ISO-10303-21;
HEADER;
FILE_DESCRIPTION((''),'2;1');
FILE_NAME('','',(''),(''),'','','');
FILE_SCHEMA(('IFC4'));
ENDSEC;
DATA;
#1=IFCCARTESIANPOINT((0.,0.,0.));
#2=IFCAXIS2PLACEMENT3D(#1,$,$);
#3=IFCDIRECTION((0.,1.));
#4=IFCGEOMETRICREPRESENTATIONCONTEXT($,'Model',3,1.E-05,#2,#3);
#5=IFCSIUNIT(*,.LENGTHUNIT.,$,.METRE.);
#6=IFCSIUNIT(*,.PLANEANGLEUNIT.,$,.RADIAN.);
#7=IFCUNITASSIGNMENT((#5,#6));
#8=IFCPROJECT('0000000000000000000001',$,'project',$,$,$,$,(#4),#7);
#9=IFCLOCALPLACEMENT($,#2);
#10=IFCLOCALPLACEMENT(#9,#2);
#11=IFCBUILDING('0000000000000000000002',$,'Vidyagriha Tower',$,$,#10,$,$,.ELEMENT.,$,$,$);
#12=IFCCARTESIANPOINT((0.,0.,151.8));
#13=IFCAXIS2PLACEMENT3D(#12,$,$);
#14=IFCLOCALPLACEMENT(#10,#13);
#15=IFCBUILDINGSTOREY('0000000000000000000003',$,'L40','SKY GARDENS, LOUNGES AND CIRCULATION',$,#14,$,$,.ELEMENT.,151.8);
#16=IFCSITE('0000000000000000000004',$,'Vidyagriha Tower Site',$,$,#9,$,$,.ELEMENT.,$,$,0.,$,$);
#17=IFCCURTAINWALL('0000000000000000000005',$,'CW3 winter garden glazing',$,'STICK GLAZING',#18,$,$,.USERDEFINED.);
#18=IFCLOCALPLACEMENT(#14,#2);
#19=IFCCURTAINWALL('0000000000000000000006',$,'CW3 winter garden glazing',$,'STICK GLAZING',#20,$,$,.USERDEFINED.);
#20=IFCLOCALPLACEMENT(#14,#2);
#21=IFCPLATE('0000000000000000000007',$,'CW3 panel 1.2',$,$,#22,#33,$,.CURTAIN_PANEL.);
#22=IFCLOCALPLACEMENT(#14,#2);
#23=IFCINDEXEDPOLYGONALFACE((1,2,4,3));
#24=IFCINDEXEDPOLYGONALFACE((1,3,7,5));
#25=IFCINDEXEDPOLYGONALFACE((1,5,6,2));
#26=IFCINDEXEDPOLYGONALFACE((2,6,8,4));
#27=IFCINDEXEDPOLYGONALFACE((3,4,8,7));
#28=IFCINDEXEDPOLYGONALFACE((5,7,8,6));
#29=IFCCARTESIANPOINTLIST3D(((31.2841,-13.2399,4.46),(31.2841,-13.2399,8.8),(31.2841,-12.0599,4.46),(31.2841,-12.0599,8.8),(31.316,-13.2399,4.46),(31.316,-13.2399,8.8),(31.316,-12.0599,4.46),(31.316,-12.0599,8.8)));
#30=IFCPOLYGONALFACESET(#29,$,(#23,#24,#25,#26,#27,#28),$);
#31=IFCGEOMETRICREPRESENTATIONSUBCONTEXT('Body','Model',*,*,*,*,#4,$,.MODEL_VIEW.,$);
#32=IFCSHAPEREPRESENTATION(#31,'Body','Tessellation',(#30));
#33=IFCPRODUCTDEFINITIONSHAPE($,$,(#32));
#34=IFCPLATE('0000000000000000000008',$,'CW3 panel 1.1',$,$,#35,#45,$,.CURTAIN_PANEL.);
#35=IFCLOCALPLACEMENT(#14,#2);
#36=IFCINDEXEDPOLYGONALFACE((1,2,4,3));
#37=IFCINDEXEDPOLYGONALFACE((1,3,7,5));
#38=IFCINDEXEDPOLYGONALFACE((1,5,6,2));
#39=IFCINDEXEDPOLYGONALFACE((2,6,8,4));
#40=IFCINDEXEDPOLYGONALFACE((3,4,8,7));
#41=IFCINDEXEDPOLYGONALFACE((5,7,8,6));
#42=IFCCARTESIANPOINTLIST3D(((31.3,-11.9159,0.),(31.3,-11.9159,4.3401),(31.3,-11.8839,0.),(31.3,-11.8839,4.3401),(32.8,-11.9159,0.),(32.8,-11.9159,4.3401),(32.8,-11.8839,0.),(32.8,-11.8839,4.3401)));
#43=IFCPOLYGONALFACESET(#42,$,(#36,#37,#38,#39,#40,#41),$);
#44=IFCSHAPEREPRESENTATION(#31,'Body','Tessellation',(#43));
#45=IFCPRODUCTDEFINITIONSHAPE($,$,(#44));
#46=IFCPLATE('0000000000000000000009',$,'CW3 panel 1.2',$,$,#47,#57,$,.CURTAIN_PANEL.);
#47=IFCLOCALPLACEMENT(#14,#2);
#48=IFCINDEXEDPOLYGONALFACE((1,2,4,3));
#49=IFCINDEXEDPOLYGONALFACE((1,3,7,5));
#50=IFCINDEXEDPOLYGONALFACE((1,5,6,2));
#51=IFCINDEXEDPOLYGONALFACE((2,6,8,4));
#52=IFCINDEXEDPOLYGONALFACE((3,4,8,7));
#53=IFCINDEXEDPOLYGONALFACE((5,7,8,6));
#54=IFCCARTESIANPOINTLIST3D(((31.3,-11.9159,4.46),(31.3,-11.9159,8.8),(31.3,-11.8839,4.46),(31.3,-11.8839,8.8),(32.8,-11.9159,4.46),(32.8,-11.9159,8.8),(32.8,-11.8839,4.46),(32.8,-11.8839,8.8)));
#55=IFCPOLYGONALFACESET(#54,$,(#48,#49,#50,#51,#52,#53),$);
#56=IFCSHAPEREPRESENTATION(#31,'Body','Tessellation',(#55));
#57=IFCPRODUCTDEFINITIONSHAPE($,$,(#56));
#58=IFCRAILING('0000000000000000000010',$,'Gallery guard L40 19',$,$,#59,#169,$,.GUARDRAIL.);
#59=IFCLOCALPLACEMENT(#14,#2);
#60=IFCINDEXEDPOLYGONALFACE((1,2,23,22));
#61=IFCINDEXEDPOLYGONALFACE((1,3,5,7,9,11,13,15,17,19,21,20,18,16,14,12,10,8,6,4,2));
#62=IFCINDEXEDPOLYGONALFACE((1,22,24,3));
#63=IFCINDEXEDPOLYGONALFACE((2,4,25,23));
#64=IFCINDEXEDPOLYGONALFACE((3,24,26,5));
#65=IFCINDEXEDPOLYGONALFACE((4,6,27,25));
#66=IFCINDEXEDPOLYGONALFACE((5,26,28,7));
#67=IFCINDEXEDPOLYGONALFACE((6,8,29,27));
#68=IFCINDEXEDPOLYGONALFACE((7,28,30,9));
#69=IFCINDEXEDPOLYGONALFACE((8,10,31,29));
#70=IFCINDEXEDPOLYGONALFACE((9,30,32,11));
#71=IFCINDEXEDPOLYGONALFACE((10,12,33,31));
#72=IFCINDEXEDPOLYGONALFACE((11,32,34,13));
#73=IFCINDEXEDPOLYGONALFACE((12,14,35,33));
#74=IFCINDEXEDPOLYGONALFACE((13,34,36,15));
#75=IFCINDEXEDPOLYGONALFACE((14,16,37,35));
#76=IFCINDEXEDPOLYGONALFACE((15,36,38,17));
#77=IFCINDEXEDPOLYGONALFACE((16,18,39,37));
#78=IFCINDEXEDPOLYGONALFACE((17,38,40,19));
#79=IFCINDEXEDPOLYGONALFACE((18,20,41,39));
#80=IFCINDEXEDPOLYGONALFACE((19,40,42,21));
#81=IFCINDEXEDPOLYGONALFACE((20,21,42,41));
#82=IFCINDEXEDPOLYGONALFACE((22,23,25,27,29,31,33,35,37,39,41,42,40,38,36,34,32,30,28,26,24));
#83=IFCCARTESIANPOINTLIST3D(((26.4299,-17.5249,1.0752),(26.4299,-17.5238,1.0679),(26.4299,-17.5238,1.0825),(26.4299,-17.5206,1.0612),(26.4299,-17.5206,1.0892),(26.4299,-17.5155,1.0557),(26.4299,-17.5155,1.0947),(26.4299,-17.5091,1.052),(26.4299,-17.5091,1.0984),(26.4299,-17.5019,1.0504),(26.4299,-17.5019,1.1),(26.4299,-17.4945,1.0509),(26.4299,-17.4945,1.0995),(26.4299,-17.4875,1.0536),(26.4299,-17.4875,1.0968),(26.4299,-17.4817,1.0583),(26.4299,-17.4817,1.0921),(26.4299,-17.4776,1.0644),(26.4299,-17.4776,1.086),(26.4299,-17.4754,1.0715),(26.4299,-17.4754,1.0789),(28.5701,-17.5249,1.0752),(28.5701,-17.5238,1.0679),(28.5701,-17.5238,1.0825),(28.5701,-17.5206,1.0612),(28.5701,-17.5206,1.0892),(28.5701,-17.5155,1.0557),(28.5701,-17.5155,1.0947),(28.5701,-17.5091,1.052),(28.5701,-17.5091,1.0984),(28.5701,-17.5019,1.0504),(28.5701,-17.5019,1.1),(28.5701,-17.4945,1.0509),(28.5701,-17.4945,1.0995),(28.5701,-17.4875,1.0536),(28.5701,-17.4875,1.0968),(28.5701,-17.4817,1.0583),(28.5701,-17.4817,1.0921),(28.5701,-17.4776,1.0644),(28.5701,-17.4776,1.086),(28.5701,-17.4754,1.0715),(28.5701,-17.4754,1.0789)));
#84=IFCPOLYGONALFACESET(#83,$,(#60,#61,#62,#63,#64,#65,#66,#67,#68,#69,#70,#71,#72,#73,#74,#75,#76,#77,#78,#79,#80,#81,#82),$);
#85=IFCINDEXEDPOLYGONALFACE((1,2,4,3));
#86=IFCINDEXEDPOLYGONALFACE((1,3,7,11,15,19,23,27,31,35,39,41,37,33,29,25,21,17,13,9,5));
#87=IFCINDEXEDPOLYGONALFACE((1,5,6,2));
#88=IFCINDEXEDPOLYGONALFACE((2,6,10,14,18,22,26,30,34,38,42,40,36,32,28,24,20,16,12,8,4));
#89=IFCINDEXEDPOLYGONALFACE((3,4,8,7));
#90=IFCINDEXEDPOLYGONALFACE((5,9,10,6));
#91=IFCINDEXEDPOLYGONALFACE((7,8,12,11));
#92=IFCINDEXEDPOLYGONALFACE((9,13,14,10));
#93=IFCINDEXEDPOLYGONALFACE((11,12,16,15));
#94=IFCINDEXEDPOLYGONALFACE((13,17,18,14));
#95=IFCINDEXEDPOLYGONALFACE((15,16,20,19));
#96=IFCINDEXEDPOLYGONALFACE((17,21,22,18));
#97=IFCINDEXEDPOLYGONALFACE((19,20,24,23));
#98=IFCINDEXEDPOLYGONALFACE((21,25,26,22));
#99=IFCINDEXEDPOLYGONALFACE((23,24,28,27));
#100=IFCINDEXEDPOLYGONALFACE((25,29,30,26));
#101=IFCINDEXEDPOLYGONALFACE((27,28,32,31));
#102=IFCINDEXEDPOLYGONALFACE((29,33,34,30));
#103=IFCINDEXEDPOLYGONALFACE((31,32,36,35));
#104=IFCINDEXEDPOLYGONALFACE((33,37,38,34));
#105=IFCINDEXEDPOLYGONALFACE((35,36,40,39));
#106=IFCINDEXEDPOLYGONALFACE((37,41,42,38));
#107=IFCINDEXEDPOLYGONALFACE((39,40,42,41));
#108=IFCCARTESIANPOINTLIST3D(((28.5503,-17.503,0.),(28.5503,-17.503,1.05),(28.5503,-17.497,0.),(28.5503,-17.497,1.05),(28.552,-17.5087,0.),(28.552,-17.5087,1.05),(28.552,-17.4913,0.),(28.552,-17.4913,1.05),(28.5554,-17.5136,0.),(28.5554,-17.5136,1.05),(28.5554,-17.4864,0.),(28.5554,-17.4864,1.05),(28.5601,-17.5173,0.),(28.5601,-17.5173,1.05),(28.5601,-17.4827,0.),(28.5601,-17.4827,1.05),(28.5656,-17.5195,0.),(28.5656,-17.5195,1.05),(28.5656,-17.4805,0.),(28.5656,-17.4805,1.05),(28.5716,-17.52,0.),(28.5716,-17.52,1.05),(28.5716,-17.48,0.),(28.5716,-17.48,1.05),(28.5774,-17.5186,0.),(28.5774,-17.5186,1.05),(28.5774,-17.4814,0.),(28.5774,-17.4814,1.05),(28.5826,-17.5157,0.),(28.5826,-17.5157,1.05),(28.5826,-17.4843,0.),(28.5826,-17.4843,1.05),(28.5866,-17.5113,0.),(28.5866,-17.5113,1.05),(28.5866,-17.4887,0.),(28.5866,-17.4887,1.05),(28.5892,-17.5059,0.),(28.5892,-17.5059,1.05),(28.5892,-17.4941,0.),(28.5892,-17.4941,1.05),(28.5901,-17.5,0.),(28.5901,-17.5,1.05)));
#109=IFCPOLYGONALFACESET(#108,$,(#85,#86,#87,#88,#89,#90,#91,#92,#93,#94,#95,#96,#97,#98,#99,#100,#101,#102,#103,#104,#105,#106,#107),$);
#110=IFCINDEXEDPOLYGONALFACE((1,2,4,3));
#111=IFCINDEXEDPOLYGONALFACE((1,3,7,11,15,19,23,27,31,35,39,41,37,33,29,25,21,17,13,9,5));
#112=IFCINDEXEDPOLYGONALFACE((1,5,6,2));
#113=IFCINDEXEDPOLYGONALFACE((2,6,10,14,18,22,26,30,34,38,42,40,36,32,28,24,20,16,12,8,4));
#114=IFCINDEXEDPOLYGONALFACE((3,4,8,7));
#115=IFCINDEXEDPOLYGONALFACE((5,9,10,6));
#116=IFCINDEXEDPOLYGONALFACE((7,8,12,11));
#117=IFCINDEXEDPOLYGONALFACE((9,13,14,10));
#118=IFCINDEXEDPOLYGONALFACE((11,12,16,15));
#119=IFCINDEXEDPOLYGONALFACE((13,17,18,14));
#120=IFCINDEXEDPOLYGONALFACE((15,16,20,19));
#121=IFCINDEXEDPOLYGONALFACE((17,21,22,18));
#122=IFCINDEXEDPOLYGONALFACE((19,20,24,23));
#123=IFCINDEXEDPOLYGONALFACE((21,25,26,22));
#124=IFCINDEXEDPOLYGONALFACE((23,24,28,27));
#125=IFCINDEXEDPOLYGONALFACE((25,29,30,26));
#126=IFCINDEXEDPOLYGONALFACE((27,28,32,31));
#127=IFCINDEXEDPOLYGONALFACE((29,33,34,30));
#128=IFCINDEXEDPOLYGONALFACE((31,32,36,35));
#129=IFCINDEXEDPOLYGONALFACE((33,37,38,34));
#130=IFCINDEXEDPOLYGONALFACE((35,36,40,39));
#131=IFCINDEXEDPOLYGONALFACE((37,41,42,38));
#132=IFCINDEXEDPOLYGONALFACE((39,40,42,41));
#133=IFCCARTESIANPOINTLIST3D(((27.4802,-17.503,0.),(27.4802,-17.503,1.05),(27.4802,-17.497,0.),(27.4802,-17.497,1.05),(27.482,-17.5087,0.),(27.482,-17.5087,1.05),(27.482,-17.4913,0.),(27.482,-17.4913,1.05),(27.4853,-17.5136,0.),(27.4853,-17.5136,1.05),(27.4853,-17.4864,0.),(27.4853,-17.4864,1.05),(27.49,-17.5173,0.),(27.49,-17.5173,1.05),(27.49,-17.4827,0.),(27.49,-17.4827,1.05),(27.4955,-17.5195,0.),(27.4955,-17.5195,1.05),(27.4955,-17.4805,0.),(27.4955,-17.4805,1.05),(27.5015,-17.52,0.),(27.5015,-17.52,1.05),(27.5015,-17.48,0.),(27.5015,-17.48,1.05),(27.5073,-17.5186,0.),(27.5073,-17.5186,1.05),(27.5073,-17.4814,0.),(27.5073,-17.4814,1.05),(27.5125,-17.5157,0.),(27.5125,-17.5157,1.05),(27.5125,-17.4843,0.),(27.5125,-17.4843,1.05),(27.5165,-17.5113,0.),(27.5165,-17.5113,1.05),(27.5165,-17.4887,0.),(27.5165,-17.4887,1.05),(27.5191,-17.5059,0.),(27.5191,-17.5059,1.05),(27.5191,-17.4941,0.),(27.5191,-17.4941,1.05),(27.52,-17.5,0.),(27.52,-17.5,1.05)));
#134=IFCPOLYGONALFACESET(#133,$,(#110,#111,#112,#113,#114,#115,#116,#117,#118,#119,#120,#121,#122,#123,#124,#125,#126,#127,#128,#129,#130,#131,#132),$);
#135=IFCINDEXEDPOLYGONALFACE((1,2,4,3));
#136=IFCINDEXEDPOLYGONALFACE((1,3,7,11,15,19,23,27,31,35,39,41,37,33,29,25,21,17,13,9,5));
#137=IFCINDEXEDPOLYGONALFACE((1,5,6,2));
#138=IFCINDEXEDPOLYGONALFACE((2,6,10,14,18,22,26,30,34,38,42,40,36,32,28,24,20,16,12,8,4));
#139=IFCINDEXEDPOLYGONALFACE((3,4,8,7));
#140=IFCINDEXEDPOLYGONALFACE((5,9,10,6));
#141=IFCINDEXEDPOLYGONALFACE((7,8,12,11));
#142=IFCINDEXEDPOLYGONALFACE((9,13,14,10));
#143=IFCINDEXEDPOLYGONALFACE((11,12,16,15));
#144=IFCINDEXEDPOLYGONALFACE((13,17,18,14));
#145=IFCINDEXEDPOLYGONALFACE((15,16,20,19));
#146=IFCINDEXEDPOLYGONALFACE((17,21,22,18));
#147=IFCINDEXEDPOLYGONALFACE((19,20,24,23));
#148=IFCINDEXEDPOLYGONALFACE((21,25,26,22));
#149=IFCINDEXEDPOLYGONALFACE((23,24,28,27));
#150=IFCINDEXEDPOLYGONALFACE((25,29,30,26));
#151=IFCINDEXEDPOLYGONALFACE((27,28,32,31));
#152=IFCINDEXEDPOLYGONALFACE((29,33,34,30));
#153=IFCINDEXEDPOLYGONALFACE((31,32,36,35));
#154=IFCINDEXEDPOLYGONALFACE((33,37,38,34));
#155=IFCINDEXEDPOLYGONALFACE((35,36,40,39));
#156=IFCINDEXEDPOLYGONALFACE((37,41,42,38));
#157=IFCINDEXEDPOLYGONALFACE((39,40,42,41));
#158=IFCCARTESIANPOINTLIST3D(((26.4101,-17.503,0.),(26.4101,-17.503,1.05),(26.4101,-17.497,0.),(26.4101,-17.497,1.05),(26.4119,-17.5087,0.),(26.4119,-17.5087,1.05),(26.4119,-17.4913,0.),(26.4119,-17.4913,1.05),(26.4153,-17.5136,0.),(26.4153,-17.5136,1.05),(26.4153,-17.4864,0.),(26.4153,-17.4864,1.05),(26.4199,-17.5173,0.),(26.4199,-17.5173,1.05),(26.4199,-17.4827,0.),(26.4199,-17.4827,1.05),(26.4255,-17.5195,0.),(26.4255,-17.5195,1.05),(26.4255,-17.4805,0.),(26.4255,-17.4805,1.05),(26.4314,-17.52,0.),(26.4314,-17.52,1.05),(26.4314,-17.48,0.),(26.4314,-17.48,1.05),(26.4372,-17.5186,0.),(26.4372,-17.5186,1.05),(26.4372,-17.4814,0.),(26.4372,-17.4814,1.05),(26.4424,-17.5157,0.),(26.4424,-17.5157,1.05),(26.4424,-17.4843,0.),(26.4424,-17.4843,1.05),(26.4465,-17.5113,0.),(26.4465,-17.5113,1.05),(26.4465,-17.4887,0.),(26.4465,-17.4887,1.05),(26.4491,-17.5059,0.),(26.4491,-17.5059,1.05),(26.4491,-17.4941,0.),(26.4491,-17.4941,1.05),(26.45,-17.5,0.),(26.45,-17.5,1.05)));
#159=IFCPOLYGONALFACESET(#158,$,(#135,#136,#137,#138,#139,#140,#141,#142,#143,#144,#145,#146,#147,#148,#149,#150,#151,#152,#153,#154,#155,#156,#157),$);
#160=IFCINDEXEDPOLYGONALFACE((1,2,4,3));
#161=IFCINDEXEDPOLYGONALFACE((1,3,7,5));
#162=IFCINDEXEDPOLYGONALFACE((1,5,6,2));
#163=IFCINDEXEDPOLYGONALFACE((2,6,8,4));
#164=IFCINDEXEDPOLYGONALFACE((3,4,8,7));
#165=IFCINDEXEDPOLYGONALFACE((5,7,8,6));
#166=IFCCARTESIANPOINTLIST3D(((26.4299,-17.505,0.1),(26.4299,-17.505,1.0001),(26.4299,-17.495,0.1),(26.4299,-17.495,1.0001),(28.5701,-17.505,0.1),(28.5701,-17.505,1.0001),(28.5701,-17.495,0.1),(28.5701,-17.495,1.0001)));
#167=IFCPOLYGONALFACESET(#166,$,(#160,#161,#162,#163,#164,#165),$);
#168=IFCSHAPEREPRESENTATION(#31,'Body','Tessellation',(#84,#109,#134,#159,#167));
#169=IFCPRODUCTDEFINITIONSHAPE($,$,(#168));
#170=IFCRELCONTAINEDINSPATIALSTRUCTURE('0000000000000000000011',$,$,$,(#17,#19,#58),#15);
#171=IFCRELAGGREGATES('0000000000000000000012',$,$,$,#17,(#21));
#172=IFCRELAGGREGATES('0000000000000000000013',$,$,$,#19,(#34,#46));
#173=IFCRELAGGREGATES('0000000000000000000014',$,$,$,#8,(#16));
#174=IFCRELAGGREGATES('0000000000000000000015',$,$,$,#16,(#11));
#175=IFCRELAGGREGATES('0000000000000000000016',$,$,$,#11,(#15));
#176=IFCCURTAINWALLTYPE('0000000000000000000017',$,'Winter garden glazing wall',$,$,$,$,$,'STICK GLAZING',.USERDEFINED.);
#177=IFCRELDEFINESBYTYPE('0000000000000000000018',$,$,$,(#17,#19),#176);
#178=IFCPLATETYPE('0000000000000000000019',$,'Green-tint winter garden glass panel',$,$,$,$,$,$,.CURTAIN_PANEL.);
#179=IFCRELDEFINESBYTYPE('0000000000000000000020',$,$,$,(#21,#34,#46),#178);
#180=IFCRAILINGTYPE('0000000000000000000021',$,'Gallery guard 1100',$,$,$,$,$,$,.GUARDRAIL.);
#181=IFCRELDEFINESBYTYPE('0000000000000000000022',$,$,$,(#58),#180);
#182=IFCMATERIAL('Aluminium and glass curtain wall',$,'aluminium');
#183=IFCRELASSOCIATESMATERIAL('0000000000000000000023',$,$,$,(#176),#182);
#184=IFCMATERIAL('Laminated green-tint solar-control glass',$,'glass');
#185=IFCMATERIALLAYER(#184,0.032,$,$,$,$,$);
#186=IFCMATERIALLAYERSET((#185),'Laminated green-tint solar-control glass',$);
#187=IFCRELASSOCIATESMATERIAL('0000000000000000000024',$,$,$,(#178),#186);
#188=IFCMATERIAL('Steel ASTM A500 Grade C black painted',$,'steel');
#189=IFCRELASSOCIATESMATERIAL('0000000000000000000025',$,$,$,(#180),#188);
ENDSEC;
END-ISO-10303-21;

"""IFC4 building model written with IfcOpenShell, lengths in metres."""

from ifc_helpers import new_model, si_unit, direction, frame, origin, origin_2d, place, context, subcontext, project, spatial, rectangle, circle, extrude, material, layer, layer_set, type_object, element, aggregate, save


model = new_model("IFC4")

# Units and contexts
model_context = context("Model", 3, precision=1e-05, world=origin(), true_north=direction((0.0, 1.0)))
body_context = subcontext(model_context, "Body", "Model", "MODEL_VIEW")
ifc_project = project(units=[si_unit("LENGTHUNIT", "METRE"), si_unit("PLANEANGLEUNIT", "RADIAN")], contexts=[model_context])

# Site, building, storey
site_placement = place(None, origin())
site = spatial("IfcSite", under=ifc_project, at=site_placement, Name="Vidyagriha Tower Site", CompositionType="ELEMENT", RefElevation=0.0)
building_placement = place(site_placement, origin())
building = spatial("IfcBuilding", under=site, at=building_placement, Name="Vidyagriha Tower", CompositionType="ELEMENT")
storey_placement = place(building_placement, frame((0.0, 0.0, 151.8)))
storey = spatial("IfcBuildingStorey", under=building, at=storey_placement, Name="L40", Description="SKY GARDENS, LOUNGES AND CIRCULATION", CompositionType="ELEMENT", Elevation=151.8)

# Shared definitions
ifc_material_1 = material(Name="Aluminium and glass curtain wall", Category="aluminium")
curtain_wall_type = type_object("IfcCurtainWallType", Name="Winter garden glazing wall", ElementType="STICK GLAZING", PredefinedType="USERDEFINED", material=ifc_material_1)

# Curtain walls
curtain_wall_1_placement = place(storey_placement, origin())
curtain_wall_1 = element("IfcCurtainWall", 1, at=curtain_wall_1_placement, inside=storey, type_object=curtain_wall_type, Name="CW3 winter garden glazing", ObjectType="STICK GLAZING", PredefinedType="USERDEFINED")
curtain_wall_2_placement = place(storey_placement, origin())
curtain_wall_2 = element("IfcCurtainWall", 2, at=curtain_wall_2_placement, inside=storey, type_object=curtain_wall_type, Name="CW3 winter garden glazing", ObjectType="STICK GLAZING", PredefinedType="USERDEFINED")

# Plates
ifc_material_2 = material(Name="Laminated green-tint solar-control glass", Category="glass")
ifc_layer = layer(ifc_material_2, 0.032)
ifc_layer_set = layer_set([ifc_layer], Name="Laminated green-tint solar-control glass")
plate_type = type_object("IfcPlateType", Name="Green-tint winter garden glass panel", PredefinedType="CURTAIN_PANEL", material=ifc_layer_set)
plate_1_placement = place(storey_placement, frame((31.3, -12.6499, 4.46), z_axis=(0.0, 0.0, 1.0), x_axis=(0.0, 1.0, 0.0)))
plate_1 = element("IfcPlate", 3, at=plate_1_placement, type_object=plate_type, Name="CW3 panel 1.2", PredefinedType="CURTAIN_PANEL", context=body_context, shape_type="SweptSolid", body=[
    extrude(rectangle(XDim=1.1799, YDim=0.032, at=origin_2d()), origin(), (0.0, 0.0, 1.0), 4.3401),
])
aggregate(curtain_wall_1, [plate_1])
plate_2_placement = place(storey_placement, frame((32.05, -11.8999, 0.0)))
plate_2 = element("IfcPlate", 4, at=plate_2_placement, type_object=plate_type, Name="CW3 panel 1.1", PredefinedType="CURTAIN_PANEL", context=body_context, shape_type="SweptSolid", body=[
    extrude(rectangle(XDim=1.5, YDim=0.032, at=origin_2d()), origin(), (0.0, 0.0, 1.0), 4.3401),
])
plate_3_placement = place(storey_placement, frame((32.05, -11.8999, 4.46)))
plate_3 = element("IfcPlate", 5, at=plate_3_placement, type_object=plate_type, Name="CW3 panel 1.2", PredefinedType="CURTAIN_PANEL", context=body_context, shape_type="SweptSolid", body=[
    extrude(rectangle(XDim=1.5, YDim=0.032, at=origin_2d()), origin(), (0.0, 0.0, 1.0), 4.3401),
])
aggregate(curtain_wall_2, [plate_2, plate_3])

# Railing
ifc_material_3 = material(Name="Steel ASTM A500 Grade C black painted", Category="steel")
railing_type = type_object("IfcRailingType", Name="Gallery guard 1100", PredefinedType="GUARDRAIL", material=ifc_material_3)
railing_1_placement = place(storey_placement, frame((28.5701, -17.5, 0.0)))
element("IfcRailing", 6, at=railing_1_placement, inside=storey, type_object=railing_type, Name="Gallery guard L40 19", PredefinedType="GUARDRAIL", context=body_context, shape_type="SweptSolid", body=[
    extrude(circle(Radius=0.0249, at=origin_2d()), frame((0.0, 0.0, 1.0752), z_axis=(-1.0, 0.0, 0.0), x_axis=(0.0, -1.0, 0.0)), (0.0, 0.0, 1.0), 2.1401),
    extrude(circle(Radius=0.02, at=origin_2d()), origin(), (0.0, 0.0, 1.0), 1.05),
    extrude(circle(Radius=0.02, at=origin_2d()), frame((-1.0701, 0.0, 0.0)), (0.0, 0.0, 1.0), 1.05),
    extrude(circle(Radius=0.02, at=origin_2d()), frame((-2.1401, 0.0, 0.0)), (0.0, 0.0, 1.0), 1.05),
    extrude(rectangle(XDim=0.01, YDim=0.9001, at=origin_2d()), frame((0.0, 0.0, 0.55), z_axis=(-1.0, 0.0, 0.0), x_axis=(0.0, -1.0, 0.0)), (0.0, 0.0, 1.0), 2.1401),
])

save(model, "model.ifc")
